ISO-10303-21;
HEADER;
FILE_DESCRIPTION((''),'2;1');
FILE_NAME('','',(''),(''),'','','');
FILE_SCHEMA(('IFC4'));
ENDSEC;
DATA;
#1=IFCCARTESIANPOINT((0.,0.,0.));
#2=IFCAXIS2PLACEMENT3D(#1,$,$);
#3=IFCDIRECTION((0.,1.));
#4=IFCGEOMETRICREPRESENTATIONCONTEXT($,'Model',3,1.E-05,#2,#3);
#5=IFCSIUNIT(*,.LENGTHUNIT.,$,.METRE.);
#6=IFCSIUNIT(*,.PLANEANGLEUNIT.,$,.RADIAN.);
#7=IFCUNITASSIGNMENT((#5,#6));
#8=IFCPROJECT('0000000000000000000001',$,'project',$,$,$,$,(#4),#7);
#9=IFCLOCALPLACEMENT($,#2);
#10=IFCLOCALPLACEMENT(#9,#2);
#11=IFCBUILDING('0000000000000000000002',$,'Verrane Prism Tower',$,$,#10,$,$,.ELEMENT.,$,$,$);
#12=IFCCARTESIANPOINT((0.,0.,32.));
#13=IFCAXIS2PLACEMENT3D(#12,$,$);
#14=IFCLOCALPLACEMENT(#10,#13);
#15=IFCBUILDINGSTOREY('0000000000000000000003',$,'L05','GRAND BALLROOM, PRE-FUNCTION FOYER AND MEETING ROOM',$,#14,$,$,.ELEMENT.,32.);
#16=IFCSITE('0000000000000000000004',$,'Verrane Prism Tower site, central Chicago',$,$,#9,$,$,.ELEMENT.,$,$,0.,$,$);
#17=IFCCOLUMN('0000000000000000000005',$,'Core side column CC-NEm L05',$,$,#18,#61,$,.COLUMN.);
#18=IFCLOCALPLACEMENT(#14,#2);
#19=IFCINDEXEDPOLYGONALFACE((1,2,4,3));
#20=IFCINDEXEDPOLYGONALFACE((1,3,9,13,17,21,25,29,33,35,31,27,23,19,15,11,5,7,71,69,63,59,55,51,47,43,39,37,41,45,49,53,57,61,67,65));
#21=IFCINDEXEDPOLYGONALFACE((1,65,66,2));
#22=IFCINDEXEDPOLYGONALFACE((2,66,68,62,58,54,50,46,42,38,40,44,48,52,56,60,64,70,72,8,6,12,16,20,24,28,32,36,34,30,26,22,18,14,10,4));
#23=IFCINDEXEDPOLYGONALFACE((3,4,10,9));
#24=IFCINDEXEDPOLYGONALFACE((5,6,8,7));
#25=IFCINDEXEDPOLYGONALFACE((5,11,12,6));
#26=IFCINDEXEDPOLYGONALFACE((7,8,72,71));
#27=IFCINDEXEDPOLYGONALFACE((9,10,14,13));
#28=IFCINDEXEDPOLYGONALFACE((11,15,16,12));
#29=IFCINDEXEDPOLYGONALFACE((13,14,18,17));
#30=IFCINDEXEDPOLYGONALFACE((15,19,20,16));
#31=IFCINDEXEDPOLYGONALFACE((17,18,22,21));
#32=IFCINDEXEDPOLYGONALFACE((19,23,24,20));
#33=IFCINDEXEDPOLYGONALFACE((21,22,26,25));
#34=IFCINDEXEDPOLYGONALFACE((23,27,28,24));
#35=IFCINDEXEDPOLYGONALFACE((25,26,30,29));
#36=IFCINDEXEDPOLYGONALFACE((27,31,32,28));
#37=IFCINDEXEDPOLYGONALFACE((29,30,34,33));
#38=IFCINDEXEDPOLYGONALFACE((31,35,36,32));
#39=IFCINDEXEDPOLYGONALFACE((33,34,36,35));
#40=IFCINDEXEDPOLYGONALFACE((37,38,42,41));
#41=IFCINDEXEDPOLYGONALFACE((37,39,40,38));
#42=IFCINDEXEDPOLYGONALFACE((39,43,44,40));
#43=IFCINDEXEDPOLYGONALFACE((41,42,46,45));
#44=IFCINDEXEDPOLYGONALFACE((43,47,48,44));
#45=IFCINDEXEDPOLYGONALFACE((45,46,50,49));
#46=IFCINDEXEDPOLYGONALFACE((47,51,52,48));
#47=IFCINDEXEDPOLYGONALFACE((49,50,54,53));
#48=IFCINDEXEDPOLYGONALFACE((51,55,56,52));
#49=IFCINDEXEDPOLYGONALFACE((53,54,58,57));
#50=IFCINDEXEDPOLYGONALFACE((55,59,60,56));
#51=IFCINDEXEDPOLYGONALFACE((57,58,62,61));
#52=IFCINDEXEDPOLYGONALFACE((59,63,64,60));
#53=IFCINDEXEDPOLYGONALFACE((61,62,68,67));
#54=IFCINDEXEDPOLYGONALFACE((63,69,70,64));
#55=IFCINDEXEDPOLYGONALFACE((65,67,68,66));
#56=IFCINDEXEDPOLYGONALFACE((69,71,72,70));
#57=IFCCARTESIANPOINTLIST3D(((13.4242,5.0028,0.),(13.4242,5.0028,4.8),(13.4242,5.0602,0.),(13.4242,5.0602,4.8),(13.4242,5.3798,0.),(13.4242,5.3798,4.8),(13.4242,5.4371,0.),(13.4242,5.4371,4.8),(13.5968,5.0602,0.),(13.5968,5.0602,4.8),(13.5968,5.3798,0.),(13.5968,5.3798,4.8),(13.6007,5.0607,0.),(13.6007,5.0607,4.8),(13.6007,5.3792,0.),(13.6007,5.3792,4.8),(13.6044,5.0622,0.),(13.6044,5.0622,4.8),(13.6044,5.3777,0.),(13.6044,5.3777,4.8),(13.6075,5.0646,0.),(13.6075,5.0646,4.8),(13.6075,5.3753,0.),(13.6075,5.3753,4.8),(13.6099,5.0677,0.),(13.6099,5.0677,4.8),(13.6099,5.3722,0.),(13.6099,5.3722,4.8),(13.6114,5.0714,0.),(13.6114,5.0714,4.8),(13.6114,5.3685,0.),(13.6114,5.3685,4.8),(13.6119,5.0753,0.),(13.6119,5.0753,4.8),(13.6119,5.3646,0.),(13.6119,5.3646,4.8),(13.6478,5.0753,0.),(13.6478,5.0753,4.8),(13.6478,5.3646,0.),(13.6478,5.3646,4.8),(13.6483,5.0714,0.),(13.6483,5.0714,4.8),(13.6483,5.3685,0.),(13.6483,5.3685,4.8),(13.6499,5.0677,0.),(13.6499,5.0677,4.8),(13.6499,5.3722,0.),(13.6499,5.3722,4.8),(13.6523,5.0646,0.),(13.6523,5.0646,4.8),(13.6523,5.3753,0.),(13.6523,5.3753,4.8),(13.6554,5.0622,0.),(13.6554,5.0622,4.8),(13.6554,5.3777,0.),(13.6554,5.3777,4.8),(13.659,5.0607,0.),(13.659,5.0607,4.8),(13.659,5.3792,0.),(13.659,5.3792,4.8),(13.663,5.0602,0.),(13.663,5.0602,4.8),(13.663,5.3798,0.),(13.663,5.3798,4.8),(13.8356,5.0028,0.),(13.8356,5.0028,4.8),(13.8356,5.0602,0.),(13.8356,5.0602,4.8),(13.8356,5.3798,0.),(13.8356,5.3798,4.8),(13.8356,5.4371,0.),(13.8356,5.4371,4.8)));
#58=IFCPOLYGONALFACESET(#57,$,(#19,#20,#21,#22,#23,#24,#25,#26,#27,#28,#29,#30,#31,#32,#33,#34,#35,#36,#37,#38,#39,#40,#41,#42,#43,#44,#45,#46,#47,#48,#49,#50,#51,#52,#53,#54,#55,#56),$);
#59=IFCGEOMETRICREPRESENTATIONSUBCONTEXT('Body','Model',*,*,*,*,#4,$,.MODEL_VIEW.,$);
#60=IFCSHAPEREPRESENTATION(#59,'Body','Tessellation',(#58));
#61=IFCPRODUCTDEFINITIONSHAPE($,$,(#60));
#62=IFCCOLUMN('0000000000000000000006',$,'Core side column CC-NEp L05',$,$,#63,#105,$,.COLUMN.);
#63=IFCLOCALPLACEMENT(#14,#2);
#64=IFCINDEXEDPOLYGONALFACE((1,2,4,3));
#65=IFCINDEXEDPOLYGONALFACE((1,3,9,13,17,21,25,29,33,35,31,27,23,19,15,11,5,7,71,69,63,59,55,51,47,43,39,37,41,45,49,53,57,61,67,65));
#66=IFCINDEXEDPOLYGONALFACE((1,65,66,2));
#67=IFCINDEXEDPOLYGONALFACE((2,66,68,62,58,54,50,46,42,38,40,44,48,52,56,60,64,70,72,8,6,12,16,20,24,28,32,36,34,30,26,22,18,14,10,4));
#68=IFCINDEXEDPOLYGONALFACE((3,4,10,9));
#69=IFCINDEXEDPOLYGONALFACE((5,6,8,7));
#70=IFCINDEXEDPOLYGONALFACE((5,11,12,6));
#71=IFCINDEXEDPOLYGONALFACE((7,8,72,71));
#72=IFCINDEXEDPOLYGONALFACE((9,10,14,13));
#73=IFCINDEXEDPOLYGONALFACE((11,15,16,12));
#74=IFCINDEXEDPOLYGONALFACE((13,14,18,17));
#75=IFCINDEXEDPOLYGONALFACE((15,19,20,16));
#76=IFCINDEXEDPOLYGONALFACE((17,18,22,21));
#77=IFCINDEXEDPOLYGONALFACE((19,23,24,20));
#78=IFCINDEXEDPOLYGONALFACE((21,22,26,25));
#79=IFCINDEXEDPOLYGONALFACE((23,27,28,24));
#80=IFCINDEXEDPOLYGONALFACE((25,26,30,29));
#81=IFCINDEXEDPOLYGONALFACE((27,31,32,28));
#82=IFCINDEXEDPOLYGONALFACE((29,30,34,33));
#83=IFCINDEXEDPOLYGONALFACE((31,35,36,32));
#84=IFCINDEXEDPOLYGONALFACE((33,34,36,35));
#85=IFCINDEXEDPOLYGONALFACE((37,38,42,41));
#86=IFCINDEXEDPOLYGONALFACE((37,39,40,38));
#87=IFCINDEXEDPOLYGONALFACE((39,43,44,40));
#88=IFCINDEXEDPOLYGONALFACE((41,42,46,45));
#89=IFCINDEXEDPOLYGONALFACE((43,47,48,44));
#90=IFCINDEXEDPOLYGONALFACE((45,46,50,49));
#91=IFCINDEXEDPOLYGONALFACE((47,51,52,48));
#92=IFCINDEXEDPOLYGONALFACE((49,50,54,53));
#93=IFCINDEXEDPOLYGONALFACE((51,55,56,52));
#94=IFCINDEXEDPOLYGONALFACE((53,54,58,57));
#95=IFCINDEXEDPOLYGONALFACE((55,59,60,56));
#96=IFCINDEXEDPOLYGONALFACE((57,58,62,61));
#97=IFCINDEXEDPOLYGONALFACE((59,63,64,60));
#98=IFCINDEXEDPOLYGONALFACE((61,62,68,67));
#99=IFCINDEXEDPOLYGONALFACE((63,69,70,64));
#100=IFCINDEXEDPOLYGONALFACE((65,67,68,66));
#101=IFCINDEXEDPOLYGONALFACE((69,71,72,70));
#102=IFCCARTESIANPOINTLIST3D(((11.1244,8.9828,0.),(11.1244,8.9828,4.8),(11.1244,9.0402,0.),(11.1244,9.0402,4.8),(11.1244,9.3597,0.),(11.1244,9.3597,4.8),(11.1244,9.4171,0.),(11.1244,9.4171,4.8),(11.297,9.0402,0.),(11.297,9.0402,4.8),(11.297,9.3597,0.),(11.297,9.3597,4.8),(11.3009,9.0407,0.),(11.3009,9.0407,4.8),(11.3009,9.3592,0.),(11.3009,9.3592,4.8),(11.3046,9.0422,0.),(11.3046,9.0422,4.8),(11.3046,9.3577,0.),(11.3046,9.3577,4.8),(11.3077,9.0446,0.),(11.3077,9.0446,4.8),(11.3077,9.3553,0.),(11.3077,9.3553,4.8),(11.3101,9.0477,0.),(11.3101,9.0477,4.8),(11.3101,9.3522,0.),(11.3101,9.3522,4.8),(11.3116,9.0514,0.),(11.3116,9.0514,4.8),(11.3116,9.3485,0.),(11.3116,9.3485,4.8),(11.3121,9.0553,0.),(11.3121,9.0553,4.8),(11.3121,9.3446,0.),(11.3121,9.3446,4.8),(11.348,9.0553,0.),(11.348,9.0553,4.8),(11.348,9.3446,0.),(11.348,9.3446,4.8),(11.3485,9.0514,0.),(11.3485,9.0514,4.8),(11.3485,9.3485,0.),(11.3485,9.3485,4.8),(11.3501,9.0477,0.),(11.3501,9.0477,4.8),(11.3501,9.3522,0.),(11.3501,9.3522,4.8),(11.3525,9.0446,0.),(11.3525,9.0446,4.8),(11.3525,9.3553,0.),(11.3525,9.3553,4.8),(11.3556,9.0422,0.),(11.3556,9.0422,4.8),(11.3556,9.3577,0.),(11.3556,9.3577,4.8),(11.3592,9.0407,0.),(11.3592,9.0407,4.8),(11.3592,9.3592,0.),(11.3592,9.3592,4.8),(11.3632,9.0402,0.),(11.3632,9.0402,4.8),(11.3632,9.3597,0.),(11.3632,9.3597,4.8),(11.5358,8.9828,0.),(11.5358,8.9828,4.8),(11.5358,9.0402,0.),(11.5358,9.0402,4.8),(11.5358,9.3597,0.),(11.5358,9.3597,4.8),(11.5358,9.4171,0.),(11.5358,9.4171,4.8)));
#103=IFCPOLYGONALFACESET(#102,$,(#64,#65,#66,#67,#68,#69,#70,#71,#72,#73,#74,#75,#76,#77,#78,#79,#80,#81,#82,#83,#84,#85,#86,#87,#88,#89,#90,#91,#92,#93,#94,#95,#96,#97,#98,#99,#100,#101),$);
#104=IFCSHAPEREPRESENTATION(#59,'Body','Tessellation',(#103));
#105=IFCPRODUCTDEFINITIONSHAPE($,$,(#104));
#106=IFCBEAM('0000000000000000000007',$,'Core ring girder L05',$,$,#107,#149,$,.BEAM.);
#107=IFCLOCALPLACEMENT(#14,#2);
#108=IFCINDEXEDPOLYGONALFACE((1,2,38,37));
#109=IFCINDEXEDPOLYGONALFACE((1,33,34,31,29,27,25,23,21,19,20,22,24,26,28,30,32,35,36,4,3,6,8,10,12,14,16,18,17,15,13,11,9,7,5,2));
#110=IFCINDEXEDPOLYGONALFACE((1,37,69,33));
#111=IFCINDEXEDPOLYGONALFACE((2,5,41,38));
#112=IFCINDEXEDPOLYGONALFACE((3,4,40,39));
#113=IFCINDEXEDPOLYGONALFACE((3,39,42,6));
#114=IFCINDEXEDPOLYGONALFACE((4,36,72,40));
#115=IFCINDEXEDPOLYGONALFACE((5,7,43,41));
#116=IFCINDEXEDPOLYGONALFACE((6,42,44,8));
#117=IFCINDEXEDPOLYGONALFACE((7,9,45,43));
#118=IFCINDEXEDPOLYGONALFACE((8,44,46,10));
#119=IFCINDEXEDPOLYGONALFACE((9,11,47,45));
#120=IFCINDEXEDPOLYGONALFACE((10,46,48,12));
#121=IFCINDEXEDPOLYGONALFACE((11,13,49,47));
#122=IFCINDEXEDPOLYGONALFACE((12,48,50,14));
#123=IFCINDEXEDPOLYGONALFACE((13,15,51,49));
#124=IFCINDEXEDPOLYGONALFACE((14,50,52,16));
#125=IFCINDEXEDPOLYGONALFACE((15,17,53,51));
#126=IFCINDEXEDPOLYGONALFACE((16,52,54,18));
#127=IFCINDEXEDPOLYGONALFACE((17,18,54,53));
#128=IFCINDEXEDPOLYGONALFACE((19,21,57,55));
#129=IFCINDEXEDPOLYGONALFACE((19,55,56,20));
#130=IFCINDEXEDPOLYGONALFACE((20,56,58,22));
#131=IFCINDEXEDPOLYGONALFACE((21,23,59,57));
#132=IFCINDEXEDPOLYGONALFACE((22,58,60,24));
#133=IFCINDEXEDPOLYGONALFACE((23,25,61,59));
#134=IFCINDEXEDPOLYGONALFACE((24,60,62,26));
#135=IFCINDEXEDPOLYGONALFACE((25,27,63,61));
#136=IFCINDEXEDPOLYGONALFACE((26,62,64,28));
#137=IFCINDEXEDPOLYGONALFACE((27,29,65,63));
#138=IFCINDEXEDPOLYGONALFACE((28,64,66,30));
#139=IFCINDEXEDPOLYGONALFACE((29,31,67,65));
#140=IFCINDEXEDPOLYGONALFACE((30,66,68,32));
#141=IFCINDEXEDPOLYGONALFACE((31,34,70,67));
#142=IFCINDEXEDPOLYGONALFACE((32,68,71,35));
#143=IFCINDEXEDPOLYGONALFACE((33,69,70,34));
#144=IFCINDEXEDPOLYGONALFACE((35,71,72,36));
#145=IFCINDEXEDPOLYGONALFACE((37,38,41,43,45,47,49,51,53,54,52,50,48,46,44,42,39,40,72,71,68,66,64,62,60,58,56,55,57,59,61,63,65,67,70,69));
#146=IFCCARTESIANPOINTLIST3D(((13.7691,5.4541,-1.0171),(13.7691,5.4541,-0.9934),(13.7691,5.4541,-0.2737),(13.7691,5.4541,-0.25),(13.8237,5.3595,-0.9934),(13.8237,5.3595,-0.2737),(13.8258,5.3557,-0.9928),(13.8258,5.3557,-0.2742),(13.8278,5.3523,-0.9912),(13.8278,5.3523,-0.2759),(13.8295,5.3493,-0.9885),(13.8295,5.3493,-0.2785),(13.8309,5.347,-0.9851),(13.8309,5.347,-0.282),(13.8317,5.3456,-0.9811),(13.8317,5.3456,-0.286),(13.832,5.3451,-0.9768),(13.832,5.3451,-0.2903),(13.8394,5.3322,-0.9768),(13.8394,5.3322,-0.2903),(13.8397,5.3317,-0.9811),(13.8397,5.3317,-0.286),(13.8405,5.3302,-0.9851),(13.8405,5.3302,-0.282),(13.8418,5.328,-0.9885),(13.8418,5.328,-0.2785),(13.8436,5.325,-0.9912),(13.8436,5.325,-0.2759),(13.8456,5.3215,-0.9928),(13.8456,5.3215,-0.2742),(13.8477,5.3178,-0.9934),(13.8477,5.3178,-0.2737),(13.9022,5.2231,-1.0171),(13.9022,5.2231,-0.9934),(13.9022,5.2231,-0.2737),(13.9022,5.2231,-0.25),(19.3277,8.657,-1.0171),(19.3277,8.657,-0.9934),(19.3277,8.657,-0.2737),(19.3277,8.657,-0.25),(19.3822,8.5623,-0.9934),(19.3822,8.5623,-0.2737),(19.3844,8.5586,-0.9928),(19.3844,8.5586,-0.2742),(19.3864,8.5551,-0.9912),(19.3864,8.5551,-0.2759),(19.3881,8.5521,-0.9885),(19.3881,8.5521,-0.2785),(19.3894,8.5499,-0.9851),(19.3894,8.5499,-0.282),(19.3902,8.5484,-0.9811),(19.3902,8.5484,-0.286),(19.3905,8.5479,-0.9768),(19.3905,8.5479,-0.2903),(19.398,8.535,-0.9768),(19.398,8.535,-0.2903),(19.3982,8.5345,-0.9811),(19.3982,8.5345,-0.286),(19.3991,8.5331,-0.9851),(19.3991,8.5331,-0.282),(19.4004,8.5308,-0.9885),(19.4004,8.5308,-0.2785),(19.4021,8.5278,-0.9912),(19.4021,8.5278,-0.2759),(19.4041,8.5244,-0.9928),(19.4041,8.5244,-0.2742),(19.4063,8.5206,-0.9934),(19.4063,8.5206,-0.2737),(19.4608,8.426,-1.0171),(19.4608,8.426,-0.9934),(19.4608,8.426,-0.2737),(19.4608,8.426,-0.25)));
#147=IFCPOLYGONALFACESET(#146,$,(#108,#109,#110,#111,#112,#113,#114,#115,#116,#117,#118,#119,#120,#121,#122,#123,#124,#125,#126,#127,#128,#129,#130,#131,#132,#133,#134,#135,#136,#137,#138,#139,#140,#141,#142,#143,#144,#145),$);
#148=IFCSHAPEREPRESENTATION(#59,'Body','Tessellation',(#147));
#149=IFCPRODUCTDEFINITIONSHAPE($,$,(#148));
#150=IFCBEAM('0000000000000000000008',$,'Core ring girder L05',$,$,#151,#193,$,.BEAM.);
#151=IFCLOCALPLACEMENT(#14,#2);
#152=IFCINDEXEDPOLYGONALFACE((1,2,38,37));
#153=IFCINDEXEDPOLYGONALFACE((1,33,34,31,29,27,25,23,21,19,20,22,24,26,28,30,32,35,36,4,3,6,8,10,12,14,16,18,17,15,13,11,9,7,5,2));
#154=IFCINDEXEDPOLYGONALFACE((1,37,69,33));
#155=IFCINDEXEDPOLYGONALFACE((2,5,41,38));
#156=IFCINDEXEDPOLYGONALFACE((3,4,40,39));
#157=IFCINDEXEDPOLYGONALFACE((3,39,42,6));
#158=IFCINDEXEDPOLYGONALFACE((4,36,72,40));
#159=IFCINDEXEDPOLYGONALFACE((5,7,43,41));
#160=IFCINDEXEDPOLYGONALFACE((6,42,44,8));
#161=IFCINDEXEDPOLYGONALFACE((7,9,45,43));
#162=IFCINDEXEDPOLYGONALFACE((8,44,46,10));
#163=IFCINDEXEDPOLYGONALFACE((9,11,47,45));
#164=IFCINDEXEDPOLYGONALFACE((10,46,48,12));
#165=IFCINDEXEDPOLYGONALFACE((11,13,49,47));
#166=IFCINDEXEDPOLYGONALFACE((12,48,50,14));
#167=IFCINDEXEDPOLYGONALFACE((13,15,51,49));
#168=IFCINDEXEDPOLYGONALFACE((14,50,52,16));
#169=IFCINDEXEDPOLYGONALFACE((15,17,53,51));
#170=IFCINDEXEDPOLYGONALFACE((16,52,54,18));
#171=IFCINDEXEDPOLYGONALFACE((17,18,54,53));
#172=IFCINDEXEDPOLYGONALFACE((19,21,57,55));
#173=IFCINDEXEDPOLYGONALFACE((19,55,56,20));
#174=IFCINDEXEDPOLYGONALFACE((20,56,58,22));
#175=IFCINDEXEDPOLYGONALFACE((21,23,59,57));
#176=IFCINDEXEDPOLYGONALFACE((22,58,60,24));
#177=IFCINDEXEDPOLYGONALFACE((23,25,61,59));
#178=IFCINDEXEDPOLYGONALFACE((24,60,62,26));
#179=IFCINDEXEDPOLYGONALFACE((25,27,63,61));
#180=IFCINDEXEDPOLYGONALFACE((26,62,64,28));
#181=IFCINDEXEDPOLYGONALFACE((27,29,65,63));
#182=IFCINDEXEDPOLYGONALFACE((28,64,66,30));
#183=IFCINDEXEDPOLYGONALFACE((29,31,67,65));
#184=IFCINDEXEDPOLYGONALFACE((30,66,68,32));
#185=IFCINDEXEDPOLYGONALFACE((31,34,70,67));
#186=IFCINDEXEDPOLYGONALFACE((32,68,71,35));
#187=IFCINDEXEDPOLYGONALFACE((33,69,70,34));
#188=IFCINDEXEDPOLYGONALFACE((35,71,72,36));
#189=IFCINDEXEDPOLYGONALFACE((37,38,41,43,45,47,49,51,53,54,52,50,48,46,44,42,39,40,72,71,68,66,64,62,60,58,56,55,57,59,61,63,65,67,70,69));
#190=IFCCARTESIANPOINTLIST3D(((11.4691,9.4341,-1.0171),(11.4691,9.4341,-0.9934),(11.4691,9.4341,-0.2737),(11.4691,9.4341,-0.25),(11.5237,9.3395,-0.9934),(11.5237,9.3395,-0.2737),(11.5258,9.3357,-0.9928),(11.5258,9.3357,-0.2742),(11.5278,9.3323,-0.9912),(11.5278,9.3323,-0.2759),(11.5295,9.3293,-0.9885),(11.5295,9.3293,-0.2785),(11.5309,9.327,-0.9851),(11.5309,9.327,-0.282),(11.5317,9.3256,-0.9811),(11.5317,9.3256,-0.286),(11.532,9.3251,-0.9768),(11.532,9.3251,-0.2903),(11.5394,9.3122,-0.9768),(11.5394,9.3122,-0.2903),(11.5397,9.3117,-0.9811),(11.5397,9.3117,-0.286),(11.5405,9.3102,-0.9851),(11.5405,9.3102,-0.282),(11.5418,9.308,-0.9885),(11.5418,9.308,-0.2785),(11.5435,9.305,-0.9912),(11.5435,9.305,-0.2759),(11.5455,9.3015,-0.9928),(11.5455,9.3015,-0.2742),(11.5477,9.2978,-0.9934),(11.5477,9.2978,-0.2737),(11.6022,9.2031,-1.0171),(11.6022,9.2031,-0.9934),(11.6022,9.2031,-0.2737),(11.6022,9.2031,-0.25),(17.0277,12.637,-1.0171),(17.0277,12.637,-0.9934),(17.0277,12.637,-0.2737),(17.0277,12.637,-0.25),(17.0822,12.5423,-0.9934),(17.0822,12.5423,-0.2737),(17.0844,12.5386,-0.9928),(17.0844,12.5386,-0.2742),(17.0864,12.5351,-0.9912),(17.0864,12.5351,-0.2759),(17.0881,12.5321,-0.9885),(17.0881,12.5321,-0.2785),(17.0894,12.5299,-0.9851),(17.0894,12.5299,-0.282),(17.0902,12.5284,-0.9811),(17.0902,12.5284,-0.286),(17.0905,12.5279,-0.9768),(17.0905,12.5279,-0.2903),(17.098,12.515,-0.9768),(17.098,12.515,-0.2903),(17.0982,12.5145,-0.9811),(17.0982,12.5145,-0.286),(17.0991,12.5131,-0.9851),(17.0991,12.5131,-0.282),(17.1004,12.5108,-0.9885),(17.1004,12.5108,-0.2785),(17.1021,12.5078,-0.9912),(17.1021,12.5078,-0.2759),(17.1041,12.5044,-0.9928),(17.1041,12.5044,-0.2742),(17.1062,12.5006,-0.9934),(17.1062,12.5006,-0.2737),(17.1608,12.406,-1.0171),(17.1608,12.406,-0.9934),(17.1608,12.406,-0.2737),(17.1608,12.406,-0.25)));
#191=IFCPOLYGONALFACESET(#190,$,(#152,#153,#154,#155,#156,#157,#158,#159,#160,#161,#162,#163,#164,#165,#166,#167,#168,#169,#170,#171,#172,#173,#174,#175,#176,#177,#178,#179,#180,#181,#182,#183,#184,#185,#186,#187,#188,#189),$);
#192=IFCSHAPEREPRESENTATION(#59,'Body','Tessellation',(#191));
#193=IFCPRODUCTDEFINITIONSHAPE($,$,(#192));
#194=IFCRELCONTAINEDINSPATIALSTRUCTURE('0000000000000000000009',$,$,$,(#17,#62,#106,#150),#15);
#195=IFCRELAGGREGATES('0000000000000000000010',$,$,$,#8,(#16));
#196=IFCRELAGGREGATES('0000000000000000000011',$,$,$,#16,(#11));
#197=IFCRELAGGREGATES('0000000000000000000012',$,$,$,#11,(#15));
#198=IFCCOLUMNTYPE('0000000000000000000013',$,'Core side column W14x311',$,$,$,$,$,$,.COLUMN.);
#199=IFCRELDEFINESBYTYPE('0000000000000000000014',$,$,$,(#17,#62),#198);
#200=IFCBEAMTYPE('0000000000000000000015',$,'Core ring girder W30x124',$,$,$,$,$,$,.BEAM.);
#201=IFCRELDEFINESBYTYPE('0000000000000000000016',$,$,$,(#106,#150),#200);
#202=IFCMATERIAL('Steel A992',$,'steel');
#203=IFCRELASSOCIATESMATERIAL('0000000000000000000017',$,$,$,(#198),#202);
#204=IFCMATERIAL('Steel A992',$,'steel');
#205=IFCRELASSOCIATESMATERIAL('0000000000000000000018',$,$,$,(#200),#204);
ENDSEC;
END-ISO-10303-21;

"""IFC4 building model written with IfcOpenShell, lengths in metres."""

from ifc_helpers import new_model, si_unit, direction, frame, origin, origin_2d, place, context, subcontext, project, spatial, i_section, extrude, material, material_profile, profile_set, type_object, element, save


model = new_model("IFC4")

# Units and contexts
model_context = context("Model", 3, precision=1e-05, world=origin(), true_north=direction((0.0, 1.0)))
body_context = subcontext(model_context, "Body", "Model", "MODEL_VIEW")
ifc_project = project(units=[si_unit("LENGTHUNIT", "METRE"), si_unit("PLANEANGLEUNIT", "RADIAN")], contexts=[model_context])

# Site, building, storey
site_placement = place(None, origin())
site = spatial("IfcSite", under=ifc_project, at=site_placement, Name="Verrane Prism Tower site, central Chicago", CompositionType="ELEMENT", RefElevation=0.0)
building_placement = place(site_placement, origin())
building = spatial("IfcBuilding", under=site, at=building_placement, Name="Verrane Prism Tower", CompositionType="ELEMENT")
storey_placement = place(building_placement, frame((0.0, 0.0, 32.0)))
storey = spatial("IfcBuildingStorey", under=building, at=storey_placement, Name="L05", Description="GRAND BALLROOM, PRE-FUNCTION FOYER AND MEETING ROOM", CompositionType="ELEMENT", Elevation=32.0)

# Columns
ifc_material_1 = material(Name="Steel A992", Category="steel")
ifc_material_profile_1 = material_profile(ifc_material_1, i_section(OverallWidth=0.4114, OverallDepth=0.4343, WebThickness=0.0359, FlangeThickness=0.0574, FilletRadius=0.0151, at=origin_2d()), Name="W14x311")
ifc_profile_set_1 = profile_set([ifc_material_profile_1], Name="Steel A992")
column_type = type_object("IfcColumnType", Name="Core side column W14x311", PredefinedType="COLUMN", material=ifc_profile_set_1)
for number, where, z_axis, x_axis, name in (
    (1, (13.6299, 5.22, 0.0), (0.0, 0.0, 1.0), (1.0, 0.0, 0.0), "Core side column CC-NEm L05"),
    (2, (11.3301, 9.2, 0.0), (0.0, 0.0, 1.0), (1.0, 0.0, 0.0), "Core side column CC-NEp L05"),
):
    element("IfcColumn", number, at=place(storey_placement, frame(where, z_axis=z_axis, x_axis=x_axis)), inside=storey, type_object=column_type, Name=name, PredefinedType="COLUMN", context=body_context, shape_type="SweptSolid", body=[
        extrude(i_section(OverallWidth=0.4114, OverallDepth=0.4343, WebThickness=0.0359, FlangeThickness=0.0574, FilletRadius=0.0151, at=origin_2d()), origin(), (0.0, 0.0, 1.0), 4.8),
    ])

# Beams
ifc_material_2 = material(Name="Steel A992", Category="steel")
ifc_material_profile_2 = material_profile(ifc_material_2, i_section(OverallWidth=0.2666, OverallDepth=0.7671, WebThickness=0.0149, FlangeThickness=0.0237, FilletRadius=0.0166, at=origin_2d()), Name="W30x124")
ifc_profile_set_2 = profile_set([ifc_material_profile_2], Name="Steel A992")
beam_type_1 = type_object("IfcBeamType", Name="Core ring girder W30x124", PredefinedType="BEAM", material=ifc_profile_set_2)
for number, where, z_axis, x_axis, name in (
    (3, (13.8357, 5.3386, -0.6335), (0.866455, 0.499255, 0.0), (-0.499255, 0.866455, 0.0), "Core ring girder L05"),
    (4, (17.0942, 12.5215, -0.6335), (-0.866455, -0.499255, 0.0), (0.499255, -0.866455, 0.0), "Core ring girder L05"),
):
    element("IfcBeam", number, at=place(storey_placement, frame(where, z_axis=z_axis, x_axis=x_axis)), inside=storey, type_object=beam_type_1, Name=name, PredefinedType="BEAM", context=body_context, shape_type="SweptSolid", body=[
        extrude(i_section(OverallWidth=0.2666, OverallDepth=0.7671, WebThickness=0.0149, FlangeThickness=0.0237, FilletRadius=0.0166, at=origin_2d()), origin(), (0.0, 0.0, 1.0), 6.4153),
    ])

save(model, "model.ifc")
